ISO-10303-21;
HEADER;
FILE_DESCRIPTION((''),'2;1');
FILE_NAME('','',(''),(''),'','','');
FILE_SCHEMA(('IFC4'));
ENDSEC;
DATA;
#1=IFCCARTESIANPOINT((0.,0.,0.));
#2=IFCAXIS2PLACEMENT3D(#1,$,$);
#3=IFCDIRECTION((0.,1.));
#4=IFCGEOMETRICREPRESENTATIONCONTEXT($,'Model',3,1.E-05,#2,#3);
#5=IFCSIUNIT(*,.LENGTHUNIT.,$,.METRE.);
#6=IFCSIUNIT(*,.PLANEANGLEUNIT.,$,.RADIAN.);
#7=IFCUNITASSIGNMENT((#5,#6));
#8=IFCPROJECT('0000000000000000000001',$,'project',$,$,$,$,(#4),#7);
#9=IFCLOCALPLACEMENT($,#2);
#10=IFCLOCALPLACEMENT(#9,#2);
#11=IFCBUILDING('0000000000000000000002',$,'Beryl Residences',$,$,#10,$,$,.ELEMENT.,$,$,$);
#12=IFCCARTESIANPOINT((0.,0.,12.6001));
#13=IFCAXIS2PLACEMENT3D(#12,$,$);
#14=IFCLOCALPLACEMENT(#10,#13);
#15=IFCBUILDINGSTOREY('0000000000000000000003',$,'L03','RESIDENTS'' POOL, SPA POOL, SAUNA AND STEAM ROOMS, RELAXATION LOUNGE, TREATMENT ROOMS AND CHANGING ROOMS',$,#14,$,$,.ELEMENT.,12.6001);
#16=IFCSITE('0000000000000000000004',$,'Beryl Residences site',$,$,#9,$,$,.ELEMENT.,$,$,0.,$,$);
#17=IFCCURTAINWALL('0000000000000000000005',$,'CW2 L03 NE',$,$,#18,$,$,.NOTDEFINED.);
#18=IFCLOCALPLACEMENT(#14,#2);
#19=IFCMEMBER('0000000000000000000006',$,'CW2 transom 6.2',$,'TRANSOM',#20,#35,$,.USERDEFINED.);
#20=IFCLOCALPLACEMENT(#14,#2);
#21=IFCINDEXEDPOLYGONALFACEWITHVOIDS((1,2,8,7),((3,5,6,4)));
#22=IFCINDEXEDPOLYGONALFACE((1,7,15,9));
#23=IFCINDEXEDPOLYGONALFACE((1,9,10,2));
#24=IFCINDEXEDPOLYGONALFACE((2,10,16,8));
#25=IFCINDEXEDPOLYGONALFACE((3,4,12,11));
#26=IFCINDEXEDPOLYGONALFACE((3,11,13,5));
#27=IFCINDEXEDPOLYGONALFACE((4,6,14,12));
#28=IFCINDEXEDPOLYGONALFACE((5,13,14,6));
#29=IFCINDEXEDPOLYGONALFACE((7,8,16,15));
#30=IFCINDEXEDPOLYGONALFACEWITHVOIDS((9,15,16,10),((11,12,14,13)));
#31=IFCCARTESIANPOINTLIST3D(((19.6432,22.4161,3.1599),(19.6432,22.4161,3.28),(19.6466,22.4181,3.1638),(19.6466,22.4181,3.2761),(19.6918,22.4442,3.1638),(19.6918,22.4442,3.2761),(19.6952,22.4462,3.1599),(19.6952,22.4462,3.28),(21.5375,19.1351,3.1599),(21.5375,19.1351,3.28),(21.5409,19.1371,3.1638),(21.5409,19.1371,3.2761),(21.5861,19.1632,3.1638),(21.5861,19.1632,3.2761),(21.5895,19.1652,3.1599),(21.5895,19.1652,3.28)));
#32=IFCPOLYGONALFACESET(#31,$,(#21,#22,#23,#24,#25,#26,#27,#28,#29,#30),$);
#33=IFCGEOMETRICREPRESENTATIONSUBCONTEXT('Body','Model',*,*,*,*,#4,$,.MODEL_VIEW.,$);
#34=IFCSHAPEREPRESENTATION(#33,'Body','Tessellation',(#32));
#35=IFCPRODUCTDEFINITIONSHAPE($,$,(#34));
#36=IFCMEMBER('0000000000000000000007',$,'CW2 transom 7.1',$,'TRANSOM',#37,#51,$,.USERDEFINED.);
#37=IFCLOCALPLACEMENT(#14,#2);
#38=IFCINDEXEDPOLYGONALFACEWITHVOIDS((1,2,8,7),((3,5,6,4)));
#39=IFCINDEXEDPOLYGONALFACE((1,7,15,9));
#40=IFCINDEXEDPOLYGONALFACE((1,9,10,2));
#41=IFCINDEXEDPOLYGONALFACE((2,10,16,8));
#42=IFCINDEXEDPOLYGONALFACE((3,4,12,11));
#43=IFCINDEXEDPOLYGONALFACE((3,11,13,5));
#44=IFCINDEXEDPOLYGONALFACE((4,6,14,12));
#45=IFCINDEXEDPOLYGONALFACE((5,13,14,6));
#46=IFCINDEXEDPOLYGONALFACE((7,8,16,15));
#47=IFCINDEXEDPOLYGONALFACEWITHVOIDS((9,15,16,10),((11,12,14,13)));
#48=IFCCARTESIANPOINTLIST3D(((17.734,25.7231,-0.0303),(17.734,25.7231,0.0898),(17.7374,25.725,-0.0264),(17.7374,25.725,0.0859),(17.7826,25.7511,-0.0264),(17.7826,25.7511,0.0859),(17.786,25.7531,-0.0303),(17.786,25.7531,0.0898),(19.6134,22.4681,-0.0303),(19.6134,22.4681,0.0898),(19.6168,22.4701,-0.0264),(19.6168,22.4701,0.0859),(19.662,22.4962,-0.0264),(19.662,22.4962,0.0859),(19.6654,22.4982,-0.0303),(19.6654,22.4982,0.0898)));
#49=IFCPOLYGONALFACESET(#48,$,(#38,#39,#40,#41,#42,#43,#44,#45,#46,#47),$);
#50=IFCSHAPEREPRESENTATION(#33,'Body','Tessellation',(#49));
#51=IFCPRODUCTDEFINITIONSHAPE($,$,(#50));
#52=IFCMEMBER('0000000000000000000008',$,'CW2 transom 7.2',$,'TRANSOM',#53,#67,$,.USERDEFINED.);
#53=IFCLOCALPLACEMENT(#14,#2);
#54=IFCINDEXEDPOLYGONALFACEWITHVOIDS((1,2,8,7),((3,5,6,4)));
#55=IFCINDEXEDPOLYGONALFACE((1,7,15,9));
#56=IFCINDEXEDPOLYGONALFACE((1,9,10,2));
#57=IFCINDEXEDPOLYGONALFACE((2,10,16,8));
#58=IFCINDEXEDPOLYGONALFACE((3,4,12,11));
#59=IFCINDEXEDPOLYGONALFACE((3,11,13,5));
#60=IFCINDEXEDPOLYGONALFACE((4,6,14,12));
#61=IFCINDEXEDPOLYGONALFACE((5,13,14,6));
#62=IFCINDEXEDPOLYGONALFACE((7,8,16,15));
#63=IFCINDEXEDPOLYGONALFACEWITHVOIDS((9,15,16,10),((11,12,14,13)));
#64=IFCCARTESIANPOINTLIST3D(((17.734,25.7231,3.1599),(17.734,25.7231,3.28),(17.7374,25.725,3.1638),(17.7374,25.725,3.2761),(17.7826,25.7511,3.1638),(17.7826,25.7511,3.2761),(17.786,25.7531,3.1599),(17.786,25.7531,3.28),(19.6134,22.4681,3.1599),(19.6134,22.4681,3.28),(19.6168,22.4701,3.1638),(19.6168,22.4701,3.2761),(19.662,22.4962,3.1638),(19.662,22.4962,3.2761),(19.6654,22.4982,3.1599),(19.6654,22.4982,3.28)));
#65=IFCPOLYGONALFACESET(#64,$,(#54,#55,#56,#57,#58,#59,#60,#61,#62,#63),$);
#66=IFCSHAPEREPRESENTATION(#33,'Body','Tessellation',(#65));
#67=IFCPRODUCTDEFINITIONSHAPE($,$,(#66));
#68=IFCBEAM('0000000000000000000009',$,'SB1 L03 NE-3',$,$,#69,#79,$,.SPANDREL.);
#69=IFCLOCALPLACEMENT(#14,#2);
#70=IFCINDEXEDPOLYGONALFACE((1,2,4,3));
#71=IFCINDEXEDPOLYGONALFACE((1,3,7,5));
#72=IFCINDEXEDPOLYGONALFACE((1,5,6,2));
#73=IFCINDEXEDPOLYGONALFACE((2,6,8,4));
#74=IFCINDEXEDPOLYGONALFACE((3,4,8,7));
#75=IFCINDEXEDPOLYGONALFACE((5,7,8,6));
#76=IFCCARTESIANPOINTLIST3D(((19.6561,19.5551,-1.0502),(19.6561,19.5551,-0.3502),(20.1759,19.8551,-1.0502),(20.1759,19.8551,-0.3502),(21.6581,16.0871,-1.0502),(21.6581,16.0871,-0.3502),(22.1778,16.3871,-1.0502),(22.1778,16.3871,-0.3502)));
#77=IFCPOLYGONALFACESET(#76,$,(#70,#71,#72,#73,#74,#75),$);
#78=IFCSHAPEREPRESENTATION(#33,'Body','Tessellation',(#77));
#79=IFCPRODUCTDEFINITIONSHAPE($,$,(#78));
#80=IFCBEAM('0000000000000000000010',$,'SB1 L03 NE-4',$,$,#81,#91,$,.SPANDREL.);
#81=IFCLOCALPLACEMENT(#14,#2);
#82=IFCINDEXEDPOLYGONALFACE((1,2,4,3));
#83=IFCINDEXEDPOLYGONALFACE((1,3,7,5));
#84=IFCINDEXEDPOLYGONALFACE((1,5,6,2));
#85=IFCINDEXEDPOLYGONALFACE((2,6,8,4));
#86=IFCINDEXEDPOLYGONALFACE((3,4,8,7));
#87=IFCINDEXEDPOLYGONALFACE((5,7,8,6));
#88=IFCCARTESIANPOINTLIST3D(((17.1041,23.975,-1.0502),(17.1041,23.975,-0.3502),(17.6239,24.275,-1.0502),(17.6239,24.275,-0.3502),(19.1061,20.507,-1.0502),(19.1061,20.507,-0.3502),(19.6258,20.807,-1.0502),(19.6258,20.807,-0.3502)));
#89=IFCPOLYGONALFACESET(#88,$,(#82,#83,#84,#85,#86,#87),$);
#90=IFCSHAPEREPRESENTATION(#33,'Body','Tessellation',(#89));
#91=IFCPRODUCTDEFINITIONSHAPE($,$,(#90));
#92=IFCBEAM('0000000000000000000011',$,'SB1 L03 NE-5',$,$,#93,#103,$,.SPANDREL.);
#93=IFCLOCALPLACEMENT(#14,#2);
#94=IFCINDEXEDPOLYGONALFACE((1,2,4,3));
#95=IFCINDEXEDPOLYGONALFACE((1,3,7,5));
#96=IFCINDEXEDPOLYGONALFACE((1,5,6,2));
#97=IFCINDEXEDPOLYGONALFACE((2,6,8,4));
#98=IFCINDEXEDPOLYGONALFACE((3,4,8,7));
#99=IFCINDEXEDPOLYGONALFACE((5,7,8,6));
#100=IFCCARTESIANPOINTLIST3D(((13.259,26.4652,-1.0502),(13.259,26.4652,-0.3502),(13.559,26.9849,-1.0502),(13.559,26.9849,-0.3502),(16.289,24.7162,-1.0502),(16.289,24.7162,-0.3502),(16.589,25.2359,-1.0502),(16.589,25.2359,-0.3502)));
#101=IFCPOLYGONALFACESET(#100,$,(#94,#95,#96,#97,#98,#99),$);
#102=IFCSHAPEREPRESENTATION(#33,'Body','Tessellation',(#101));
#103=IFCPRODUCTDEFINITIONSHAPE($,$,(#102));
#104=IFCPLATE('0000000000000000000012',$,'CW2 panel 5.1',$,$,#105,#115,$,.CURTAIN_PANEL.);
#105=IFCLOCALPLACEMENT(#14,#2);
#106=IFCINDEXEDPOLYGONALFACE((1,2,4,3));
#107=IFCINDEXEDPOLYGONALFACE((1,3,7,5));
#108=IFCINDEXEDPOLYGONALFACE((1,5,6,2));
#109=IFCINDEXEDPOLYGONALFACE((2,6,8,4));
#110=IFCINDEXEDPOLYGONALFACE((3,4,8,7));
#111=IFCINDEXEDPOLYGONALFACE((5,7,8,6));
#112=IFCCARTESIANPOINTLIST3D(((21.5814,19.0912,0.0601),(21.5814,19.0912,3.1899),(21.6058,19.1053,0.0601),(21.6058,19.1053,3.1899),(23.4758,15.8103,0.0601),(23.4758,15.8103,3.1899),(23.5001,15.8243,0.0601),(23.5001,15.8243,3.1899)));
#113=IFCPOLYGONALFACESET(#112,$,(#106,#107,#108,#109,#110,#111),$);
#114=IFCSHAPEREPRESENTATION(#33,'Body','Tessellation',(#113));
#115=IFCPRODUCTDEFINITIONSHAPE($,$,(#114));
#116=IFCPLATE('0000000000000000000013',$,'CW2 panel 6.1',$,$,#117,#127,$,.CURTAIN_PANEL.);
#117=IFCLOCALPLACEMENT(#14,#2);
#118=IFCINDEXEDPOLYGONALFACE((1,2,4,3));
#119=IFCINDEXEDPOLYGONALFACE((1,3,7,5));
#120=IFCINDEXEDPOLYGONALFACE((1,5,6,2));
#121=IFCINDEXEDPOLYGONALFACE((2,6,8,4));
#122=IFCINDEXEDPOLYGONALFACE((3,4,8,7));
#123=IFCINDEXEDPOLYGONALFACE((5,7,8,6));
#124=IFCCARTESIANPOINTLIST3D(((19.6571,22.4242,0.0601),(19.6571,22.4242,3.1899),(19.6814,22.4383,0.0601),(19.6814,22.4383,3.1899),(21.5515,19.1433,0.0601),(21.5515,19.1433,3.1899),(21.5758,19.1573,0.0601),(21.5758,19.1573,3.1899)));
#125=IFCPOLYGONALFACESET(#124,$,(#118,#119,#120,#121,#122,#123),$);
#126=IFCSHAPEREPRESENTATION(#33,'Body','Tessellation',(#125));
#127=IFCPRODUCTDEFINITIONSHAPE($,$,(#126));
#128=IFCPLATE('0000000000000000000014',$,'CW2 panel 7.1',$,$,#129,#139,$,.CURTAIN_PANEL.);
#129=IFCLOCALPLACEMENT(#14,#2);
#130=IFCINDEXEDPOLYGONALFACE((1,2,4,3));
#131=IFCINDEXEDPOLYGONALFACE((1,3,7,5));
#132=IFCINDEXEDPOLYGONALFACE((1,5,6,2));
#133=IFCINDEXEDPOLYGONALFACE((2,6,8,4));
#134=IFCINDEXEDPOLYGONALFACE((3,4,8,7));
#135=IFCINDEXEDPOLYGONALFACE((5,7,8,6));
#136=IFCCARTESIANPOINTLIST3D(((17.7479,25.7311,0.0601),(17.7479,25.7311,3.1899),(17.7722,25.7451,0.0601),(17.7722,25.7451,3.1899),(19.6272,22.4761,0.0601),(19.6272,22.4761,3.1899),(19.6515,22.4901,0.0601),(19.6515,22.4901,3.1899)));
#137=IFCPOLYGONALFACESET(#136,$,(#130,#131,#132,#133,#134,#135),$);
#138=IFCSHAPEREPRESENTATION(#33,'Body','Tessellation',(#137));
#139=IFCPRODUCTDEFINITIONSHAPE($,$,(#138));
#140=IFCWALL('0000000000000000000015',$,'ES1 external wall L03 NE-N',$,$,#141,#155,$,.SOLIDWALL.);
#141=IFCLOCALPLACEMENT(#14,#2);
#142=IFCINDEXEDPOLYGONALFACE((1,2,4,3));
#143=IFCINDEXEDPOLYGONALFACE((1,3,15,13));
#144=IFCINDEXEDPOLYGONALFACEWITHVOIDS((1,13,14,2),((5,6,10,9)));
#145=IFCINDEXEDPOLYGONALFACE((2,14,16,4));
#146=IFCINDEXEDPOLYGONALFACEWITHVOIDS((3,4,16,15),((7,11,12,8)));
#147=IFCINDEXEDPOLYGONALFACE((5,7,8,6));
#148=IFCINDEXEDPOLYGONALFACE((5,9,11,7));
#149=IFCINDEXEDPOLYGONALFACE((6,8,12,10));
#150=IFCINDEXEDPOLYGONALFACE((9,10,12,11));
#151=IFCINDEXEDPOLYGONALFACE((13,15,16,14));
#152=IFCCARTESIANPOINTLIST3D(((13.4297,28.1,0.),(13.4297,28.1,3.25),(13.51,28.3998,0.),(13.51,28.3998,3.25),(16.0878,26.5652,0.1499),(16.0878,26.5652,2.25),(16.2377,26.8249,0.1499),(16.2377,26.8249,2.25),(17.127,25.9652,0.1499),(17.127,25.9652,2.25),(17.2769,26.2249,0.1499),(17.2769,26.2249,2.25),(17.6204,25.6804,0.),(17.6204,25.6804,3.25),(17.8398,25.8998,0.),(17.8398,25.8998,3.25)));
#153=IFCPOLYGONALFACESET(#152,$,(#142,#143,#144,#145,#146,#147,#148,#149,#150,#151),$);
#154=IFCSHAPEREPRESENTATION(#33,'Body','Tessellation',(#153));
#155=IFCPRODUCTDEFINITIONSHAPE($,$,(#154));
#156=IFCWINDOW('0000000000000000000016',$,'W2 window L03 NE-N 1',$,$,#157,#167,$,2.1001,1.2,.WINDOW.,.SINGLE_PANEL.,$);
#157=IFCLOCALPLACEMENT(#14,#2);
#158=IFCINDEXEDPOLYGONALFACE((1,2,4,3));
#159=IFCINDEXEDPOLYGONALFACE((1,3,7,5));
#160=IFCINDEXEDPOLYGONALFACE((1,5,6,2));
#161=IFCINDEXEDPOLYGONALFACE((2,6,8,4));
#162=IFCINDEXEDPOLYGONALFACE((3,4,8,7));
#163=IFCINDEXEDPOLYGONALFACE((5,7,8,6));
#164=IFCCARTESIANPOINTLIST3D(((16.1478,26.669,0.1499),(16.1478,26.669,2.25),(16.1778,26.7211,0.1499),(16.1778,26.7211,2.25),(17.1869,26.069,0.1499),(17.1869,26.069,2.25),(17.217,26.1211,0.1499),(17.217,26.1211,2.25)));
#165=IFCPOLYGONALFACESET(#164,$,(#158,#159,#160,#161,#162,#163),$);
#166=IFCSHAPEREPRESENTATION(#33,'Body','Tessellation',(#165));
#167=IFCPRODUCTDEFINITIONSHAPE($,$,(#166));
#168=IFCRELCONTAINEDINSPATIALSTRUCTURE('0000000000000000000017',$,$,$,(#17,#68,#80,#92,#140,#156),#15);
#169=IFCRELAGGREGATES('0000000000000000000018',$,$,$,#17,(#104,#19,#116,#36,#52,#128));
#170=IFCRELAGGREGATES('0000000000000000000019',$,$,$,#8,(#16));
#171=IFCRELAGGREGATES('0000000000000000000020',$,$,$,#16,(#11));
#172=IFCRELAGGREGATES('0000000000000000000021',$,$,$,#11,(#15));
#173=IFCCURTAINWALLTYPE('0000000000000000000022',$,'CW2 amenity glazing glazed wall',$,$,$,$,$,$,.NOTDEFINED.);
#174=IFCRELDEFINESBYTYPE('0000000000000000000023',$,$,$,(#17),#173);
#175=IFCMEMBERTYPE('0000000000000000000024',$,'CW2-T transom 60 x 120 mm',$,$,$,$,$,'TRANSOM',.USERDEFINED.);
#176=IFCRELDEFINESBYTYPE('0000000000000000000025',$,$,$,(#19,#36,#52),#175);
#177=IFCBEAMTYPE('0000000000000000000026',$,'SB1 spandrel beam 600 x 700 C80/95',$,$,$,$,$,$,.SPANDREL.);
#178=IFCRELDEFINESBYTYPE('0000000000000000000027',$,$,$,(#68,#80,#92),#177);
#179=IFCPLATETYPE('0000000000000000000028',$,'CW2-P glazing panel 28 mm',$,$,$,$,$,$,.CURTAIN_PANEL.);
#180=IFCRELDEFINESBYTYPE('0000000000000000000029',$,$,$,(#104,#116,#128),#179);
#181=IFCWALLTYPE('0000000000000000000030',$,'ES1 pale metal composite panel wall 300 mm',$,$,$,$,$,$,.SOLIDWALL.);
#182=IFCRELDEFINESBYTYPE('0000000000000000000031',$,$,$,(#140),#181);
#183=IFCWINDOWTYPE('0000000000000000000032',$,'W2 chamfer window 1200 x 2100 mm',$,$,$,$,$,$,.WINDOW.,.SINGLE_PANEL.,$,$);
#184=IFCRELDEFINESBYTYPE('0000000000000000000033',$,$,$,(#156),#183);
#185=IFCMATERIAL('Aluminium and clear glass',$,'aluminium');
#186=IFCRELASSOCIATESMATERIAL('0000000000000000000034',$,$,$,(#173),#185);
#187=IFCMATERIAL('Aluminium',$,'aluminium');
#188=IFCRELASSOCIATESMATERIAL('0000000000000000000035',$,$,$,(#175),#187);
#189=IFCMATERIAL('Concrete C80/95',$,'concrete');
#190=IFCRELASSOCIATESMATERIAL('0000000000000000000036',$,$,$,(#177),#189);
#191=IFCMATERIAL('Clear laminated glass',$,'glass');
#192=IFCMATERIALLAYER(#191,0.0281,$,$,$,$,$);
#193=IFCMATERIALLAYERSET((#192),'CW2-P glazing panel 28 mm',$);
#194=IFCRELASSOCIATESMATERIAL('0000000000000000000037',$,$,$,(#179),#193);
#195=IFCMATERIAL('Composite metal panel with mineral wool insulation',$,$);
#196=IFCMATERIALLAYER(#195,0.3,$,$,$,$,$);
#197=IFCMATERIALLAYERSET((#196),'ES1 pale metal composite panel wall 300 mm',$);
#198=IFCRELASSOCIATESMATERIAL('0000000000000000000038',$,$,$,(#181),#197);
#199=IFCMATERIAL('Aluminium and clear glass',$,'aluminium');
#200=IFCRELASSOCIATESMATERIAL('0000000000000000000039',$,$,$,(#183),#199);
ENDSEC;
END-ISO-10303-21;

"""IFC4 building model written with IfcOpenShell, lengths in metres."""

from ifc_helpers import new_model, si_unit, direction, frame, frame_2d, origin, origin_2d, place, context, subcontext, project, spatial, polyline, rectangle, hollow_rectangle, outline, extrude, material, layer, layer_set, material_profile, profile_set, type_object, element, fill, aggregate, save


model = new_model("IFC4")

# Units and contexts
model_context = context("Model", 3, precision=1e-05, world=origin(), true_north=direction((0.0, 1.0)))
body_context = subcontext(model_context, "Body", "Model", "MODEL_VIEW")
ifc_project = project(units=[si_unit("LENGTHUNIT", "METRE"), si_unit("PLANEANGLEUNIT", "RADIAN")], contexts=[model_context])

# Site, building, storey
site_placement = place(None, origin())
site = spatial("IfcSite", under=ifc_project, at=site_placement, Name="Beryl Residences site", CompositionType="ELEMENT", RefElevation=0.0)
building_placement = place(site_placement, origin())
building = spatial("IfcBuilding", under=site, at=building_placement, Name="Beryl Residences", CompositionType="ELEMENT")
storey_placement = place(building_placement, frame((0.0, 0.0, 12.6001)))
storey = spatial("IfcBuildingStorey", under=building, at=storey_placement, Name="L03", Description="RESIDENTS' POOL, SPA POOL, SAUNA AND STEAM ROOMS, RELAXATION LOUNGE, TREATMENT ROOMS AND CHANGING ROOMS", CompositionType="ELEMENT", Elevation=12.6001)

# Shared definitions
ifc_material_1 = material(Name="Aluminium and clear glass", Category="aluminium")
curtain_wall_type = type_object("IfcCurtainWallType", Name="CW2 amenity glazing glazed wall", PredefinedType="NOTDEFINED", material=ifc_material_1)

# Curtain wall
curtain_wall_1_placement = place(storey_placement, origin())
curtain_wall_1 = element("IfcCurtainWall", 1, at=curtain_wall_1_placement, inside=storey, type_object=curtain_wall_type, Name="CW2 L03 NE", PredefinedType="NOTDEFINED")

# Members
ifc_material_2 = material(Name="Aluminium", Category="aluminium")
ifc_material_profile_1 = material_profile(ifc_material_2, hollow_rectangle(XDim=0.0601, YDim=0.1201, WallThickness=0.0039, at=origin_2d()))
ifc_profile_set_1 = profile_set([ifc_material_profile_1], Name="Aluminium")
member_type_1 = type_object("IfcMemberType", Name="CW2-T transom 60 x 120 mm", ElementType="TRANSOM", PredefinedType="USERDEFINED", material=ifc_profile_set_1)
member_1_placement = place(storey_placement, frame((21.5635, 19.1501, 3.22), z_axis=(-0.5, 0.866026, 0.0), x_axis=(-0.866026, -0.5, 0.0)))
member_1 = element("IfcMember", 2, at=member_1_placement, type_object=member_type_1, Name="CW2 transom 6.2", ObjectType="TRANSOM", PredefinedType="USERDEFINED", context=body_context, shape_type="SweptSolid", body=[
    extrude(hollow_rectangle(XDim=0.0601, YDim=0.1201, WallThickness=0.0039, at=origin_2d()), origin(), (0.0, 0.0, 1.0), 3.7886),
])
member_2_placement = place(storey_placement, frame((19.6394, 22.4832, 0.0298), z_axis=(-0.500037, 0.866004, 0.0), x_axis=(-0.866004, -0.500037, 0.0)))
member_2 = element("IfcMember", 3, at=member_2_placement, type_object=member_type_1, Name="CW2 transom 7.1", ObjectType="TRANSOM", PredefinedType="USERDEFINED", context=body_context, shape_type="SweptSolid", body=[
    extrude(hollow_rectangle(XDim=0.0601, YDim=0.1201, WallThickness=0.0039, at=origin_2d()), origin(), (0.0, 0.0, 1.0), 3.7585),
])
member_3_placement = place(storey_placement, frame((19.6394, 22.4832, 3.22), z_axis=(-0.500037, 0.866004, 0.0), x_axis=(-0.866004, -0.500037, 0.0)))
member_3 = element("IfcMember", 4, at=member_3_placement, type_object=member_type_1, Name="CW2 transom 7.2", ObjectType="TRANSOM", PredefinedType="USERDEFINED", context=body_context, shape_type="SweptSolid", body=[
    extrude(hollow_rectangle(XDim=0.0601, YDim=0.1201, WallThickness=0.0039, at=origin_2d()), origin(), (0.0, 0.0, 1.0), 3.7585),
])

# Beams
ifc_material_3 = material(Name="Concrete C80/95", Category="concrete")
ifc_material_profile_2 = material_profile(ifc_material_3, rectangle(XDim=0.6001, YDim=0.7, at=origin_2d()))
ifc_profile_set_2 = profile_set([ifc_material_profile_2], Name="Concrete C80/95")
beam_type = type_object("IfcBeamType", Name="SB1 spandrel beam 600 x 700 C80/95", PredefinedType="SPANDREL", material=ifc_profile_set_2)
for number, where, z_axis, x_axis, name in (
    (5, (21.918, 16.2371, -0.7002), (-0.499942, 0.866059, 0.0), (-0.866059, -0.499942, 0.0), "SB1 L03 NE-3"),
    (6, (19.366, 20.657, -0.7002), (-0.499942, 0.866059, 0.0), (-0.866059, -0.499942, 0.0), "SB1 L03 NE-4"),
):
    element("IfcBeam", number, at=place(storey_placement, frame(where, z_axis=z_axis, x_axis=x_axis)), inside=storey, type_object=beam_type, Name=name, PredefinedType="SPANDREL", context=body_context, shape_type="SweptSolid", body=[
        extrude(rectangle(XDim=0.6001, YDim=0.7, at=origin_2d()), origin(), (0.0, 0.0, 1.0), 4.0044),
    ])
beam_placement = place(storey_placement, frame((16.439, 24.9761, -0.7002), z_axis=(-0.866071, 0.499922, 0.0), x_axis=(-0.499922, -0.866071, 0.0)))
element("IfcBeam", 7, at=beam_placement, inside=storey, type_object=beam_type, Name="SB1 L03 NE-5", PredefinedType="SPANDREL", context=body_context, shape_type="SweptSolid", body=[
    extrude(rectangle(XDim=0.6001, YDim=0.7, at=origin_2d()), origin(), (0.0, 0.0, 1.0), 3.4985),
])

# Plates
ifc_material_4 = material(Name="Clear laminated glass", Category="glass")
ifc_layer_1 = layer(ifc_material_4, 0.0281)
ifc_layer_set_1 = layer_set([ifc_layer_1], Name="CW2-P glazing panel 28 mm")
plate_type = type_object("IfcPlateType", Name="CW2-P glazing panel 28 mm", PredefinedType="CURTAIN_PANEL", material=ifc_layer_set_1)
plate_1_placement = place(storey_placement, frame((22.5408, 17.4578, 0.0601), z_axis=(0.0, 0.0, 1.0), x_axis=(-0.500012, 0.866019, 0.0)))
plate_1 = element("IfcPlate", 8, at=plate_1_placement, type_object=plate_type, Name="CW2 panel 5.1", PredefinedType="CURTAIN_PANEL", context=body_context, shape_type="SweptSolid", body=[
    extrude(rectangle(XDim=3.7886, YDim=0.0281, at=origin_2d()), origin(), (0.0, 0.0, 1.0), 3.1299),
])
plate_2_placement = place(storey_placement, frame((20.6165, 20.7908, 0.0601), z_axis=(0.0, 0.0, 1.0), x_axis=(-0.500012, 0.866019, 0.0)))
plate_2 = element("IfcPlate", 9, at=plate_2_placement, type_object=plate_type, Name="CW2 panel 6.1", PredefinedType="CURTAIN_PANEL", context=body_context, shape_type="SweptSolid", body=[
    extrude(rectangle(XDim=3.7886, YDim=0.0281, at=origin_2d()), origin(), (0.0, 0.0, 1.0), 3.1299),
])
plate_3_placement = place(storey_placement, frame((18.6997, 24.1106, 0.0601), z_axis=(0.0, 0.0, 1.0), x_axis=(-0.500012, 0.866019, 0.0)))
plate_3 = element("IfcPlate", 10, at=plate_3_placement, type_object=plate_type, Name="CW2 panel 7.1", PredefinedType="CURTAIN_PANEL", context=body_context, shape_type="SweptSolid", body=[
    extrude(rectangle(XDim=3.7585, YDim=0.0281, at=origin_2d()), origin(), (0.0, 0.0, 1.0), 3.1299),
])
aggregate(curtain_wall_1, [plate_1, member_1, plate_2, member_2, member_3, plate_3])

# Wall, opening, window
ifc_material_5 = material(Name="Composite metal panel with mineral wool insulation")
ifc_layer_2 = layer(ifc_material_5, 0.3)
ifc_layer_set_2 = layer_set([ifc_layer_2], Name="ES1 pale metal composite panel wall 300 mm")
wall_type = type_object("IfcWallType", Name="ES1 pale metal composite panel wall 300 mm", PredefinedType="SOLIDWALL", material=ifc_layer_set_2)
wall_placement = place(storey_placement, frame((17.7649, 25.77, 0.0), z_axis=(0.0, 0.0, 1.0), x_axis=(-0.866011, 0.500025, 0.0)))
wall = element("IfcWall", 11, at=wall_placement, inside=storey, type_object=wall_type, Name="ES1 external wall L03 NE-N", PredefinedType="SOLIDWALL", context=body_context, shape_type="SweptSolid", body=[
    extrude(outline(polyline([(0.0, -0.1499), (4.9998, -0.1499), (4.9194, 0.1499), (0.0803, 0.1499), (0.0, -0.1499)])), origin(), (0.0, 0.0, 1.0), 3.25),
])
opening_placement = place(wall_placement, frame((0.6499, 0.0, 0.1499)))
opening = element("IfcOpeningElement", 12, at=opening_placement, cuts=wall, PredefinedType="OPENING", context=body_context, shape_type="SweptSolid", body=[
    extrude(rectangle(XDim=1.2, YDim=2.1001, at=frame_2d((0.6001, 1.05))), frame((0.0, 0.1599, 0.0), z_axis=(0.0, -1.0, 0.0), x_axis=(1.0, 0.0, 0.0)), (0.0, 0.0, 1.0), 0.3201),
])
ifc_material_6 = material(Name="Aluminium and clear glass", Category="aluminium")
window_type = type_object("IfcWindowType", Name="W2 chamfer window 1200 x 2100 mm", PartitioningType="SINGLE_PANEL", PredefinedType="WINDOW", material=ifc_material_6)
window_placement = place(opening_placement, origin())
window = element("IfcWindow", 13, at=window_placement, inside=storey, type_object=window_type, Name="W2 window L03 NE-N 1", OverallHeight=2.1001, OverallWidth=1.2, PartitioningType="SINGLE_PANEL", PredefinedType="WINDOW", context=body_context, shape_type="SweptSolid", body=[
    extrude(rectangle(XDim=1.2, YDim=2.1001, at=frame_2d((0.6001, 1.05))), frame((0.0, 0.03, 0.0), z_axis=(0.0, -1.0, 0.0), x_axis=(1.0, 0.0, 0.0)), (0.0, 0.0, 1.0), 0.0601),
])
fill(opening, window)

save(model, "model.ifc")
